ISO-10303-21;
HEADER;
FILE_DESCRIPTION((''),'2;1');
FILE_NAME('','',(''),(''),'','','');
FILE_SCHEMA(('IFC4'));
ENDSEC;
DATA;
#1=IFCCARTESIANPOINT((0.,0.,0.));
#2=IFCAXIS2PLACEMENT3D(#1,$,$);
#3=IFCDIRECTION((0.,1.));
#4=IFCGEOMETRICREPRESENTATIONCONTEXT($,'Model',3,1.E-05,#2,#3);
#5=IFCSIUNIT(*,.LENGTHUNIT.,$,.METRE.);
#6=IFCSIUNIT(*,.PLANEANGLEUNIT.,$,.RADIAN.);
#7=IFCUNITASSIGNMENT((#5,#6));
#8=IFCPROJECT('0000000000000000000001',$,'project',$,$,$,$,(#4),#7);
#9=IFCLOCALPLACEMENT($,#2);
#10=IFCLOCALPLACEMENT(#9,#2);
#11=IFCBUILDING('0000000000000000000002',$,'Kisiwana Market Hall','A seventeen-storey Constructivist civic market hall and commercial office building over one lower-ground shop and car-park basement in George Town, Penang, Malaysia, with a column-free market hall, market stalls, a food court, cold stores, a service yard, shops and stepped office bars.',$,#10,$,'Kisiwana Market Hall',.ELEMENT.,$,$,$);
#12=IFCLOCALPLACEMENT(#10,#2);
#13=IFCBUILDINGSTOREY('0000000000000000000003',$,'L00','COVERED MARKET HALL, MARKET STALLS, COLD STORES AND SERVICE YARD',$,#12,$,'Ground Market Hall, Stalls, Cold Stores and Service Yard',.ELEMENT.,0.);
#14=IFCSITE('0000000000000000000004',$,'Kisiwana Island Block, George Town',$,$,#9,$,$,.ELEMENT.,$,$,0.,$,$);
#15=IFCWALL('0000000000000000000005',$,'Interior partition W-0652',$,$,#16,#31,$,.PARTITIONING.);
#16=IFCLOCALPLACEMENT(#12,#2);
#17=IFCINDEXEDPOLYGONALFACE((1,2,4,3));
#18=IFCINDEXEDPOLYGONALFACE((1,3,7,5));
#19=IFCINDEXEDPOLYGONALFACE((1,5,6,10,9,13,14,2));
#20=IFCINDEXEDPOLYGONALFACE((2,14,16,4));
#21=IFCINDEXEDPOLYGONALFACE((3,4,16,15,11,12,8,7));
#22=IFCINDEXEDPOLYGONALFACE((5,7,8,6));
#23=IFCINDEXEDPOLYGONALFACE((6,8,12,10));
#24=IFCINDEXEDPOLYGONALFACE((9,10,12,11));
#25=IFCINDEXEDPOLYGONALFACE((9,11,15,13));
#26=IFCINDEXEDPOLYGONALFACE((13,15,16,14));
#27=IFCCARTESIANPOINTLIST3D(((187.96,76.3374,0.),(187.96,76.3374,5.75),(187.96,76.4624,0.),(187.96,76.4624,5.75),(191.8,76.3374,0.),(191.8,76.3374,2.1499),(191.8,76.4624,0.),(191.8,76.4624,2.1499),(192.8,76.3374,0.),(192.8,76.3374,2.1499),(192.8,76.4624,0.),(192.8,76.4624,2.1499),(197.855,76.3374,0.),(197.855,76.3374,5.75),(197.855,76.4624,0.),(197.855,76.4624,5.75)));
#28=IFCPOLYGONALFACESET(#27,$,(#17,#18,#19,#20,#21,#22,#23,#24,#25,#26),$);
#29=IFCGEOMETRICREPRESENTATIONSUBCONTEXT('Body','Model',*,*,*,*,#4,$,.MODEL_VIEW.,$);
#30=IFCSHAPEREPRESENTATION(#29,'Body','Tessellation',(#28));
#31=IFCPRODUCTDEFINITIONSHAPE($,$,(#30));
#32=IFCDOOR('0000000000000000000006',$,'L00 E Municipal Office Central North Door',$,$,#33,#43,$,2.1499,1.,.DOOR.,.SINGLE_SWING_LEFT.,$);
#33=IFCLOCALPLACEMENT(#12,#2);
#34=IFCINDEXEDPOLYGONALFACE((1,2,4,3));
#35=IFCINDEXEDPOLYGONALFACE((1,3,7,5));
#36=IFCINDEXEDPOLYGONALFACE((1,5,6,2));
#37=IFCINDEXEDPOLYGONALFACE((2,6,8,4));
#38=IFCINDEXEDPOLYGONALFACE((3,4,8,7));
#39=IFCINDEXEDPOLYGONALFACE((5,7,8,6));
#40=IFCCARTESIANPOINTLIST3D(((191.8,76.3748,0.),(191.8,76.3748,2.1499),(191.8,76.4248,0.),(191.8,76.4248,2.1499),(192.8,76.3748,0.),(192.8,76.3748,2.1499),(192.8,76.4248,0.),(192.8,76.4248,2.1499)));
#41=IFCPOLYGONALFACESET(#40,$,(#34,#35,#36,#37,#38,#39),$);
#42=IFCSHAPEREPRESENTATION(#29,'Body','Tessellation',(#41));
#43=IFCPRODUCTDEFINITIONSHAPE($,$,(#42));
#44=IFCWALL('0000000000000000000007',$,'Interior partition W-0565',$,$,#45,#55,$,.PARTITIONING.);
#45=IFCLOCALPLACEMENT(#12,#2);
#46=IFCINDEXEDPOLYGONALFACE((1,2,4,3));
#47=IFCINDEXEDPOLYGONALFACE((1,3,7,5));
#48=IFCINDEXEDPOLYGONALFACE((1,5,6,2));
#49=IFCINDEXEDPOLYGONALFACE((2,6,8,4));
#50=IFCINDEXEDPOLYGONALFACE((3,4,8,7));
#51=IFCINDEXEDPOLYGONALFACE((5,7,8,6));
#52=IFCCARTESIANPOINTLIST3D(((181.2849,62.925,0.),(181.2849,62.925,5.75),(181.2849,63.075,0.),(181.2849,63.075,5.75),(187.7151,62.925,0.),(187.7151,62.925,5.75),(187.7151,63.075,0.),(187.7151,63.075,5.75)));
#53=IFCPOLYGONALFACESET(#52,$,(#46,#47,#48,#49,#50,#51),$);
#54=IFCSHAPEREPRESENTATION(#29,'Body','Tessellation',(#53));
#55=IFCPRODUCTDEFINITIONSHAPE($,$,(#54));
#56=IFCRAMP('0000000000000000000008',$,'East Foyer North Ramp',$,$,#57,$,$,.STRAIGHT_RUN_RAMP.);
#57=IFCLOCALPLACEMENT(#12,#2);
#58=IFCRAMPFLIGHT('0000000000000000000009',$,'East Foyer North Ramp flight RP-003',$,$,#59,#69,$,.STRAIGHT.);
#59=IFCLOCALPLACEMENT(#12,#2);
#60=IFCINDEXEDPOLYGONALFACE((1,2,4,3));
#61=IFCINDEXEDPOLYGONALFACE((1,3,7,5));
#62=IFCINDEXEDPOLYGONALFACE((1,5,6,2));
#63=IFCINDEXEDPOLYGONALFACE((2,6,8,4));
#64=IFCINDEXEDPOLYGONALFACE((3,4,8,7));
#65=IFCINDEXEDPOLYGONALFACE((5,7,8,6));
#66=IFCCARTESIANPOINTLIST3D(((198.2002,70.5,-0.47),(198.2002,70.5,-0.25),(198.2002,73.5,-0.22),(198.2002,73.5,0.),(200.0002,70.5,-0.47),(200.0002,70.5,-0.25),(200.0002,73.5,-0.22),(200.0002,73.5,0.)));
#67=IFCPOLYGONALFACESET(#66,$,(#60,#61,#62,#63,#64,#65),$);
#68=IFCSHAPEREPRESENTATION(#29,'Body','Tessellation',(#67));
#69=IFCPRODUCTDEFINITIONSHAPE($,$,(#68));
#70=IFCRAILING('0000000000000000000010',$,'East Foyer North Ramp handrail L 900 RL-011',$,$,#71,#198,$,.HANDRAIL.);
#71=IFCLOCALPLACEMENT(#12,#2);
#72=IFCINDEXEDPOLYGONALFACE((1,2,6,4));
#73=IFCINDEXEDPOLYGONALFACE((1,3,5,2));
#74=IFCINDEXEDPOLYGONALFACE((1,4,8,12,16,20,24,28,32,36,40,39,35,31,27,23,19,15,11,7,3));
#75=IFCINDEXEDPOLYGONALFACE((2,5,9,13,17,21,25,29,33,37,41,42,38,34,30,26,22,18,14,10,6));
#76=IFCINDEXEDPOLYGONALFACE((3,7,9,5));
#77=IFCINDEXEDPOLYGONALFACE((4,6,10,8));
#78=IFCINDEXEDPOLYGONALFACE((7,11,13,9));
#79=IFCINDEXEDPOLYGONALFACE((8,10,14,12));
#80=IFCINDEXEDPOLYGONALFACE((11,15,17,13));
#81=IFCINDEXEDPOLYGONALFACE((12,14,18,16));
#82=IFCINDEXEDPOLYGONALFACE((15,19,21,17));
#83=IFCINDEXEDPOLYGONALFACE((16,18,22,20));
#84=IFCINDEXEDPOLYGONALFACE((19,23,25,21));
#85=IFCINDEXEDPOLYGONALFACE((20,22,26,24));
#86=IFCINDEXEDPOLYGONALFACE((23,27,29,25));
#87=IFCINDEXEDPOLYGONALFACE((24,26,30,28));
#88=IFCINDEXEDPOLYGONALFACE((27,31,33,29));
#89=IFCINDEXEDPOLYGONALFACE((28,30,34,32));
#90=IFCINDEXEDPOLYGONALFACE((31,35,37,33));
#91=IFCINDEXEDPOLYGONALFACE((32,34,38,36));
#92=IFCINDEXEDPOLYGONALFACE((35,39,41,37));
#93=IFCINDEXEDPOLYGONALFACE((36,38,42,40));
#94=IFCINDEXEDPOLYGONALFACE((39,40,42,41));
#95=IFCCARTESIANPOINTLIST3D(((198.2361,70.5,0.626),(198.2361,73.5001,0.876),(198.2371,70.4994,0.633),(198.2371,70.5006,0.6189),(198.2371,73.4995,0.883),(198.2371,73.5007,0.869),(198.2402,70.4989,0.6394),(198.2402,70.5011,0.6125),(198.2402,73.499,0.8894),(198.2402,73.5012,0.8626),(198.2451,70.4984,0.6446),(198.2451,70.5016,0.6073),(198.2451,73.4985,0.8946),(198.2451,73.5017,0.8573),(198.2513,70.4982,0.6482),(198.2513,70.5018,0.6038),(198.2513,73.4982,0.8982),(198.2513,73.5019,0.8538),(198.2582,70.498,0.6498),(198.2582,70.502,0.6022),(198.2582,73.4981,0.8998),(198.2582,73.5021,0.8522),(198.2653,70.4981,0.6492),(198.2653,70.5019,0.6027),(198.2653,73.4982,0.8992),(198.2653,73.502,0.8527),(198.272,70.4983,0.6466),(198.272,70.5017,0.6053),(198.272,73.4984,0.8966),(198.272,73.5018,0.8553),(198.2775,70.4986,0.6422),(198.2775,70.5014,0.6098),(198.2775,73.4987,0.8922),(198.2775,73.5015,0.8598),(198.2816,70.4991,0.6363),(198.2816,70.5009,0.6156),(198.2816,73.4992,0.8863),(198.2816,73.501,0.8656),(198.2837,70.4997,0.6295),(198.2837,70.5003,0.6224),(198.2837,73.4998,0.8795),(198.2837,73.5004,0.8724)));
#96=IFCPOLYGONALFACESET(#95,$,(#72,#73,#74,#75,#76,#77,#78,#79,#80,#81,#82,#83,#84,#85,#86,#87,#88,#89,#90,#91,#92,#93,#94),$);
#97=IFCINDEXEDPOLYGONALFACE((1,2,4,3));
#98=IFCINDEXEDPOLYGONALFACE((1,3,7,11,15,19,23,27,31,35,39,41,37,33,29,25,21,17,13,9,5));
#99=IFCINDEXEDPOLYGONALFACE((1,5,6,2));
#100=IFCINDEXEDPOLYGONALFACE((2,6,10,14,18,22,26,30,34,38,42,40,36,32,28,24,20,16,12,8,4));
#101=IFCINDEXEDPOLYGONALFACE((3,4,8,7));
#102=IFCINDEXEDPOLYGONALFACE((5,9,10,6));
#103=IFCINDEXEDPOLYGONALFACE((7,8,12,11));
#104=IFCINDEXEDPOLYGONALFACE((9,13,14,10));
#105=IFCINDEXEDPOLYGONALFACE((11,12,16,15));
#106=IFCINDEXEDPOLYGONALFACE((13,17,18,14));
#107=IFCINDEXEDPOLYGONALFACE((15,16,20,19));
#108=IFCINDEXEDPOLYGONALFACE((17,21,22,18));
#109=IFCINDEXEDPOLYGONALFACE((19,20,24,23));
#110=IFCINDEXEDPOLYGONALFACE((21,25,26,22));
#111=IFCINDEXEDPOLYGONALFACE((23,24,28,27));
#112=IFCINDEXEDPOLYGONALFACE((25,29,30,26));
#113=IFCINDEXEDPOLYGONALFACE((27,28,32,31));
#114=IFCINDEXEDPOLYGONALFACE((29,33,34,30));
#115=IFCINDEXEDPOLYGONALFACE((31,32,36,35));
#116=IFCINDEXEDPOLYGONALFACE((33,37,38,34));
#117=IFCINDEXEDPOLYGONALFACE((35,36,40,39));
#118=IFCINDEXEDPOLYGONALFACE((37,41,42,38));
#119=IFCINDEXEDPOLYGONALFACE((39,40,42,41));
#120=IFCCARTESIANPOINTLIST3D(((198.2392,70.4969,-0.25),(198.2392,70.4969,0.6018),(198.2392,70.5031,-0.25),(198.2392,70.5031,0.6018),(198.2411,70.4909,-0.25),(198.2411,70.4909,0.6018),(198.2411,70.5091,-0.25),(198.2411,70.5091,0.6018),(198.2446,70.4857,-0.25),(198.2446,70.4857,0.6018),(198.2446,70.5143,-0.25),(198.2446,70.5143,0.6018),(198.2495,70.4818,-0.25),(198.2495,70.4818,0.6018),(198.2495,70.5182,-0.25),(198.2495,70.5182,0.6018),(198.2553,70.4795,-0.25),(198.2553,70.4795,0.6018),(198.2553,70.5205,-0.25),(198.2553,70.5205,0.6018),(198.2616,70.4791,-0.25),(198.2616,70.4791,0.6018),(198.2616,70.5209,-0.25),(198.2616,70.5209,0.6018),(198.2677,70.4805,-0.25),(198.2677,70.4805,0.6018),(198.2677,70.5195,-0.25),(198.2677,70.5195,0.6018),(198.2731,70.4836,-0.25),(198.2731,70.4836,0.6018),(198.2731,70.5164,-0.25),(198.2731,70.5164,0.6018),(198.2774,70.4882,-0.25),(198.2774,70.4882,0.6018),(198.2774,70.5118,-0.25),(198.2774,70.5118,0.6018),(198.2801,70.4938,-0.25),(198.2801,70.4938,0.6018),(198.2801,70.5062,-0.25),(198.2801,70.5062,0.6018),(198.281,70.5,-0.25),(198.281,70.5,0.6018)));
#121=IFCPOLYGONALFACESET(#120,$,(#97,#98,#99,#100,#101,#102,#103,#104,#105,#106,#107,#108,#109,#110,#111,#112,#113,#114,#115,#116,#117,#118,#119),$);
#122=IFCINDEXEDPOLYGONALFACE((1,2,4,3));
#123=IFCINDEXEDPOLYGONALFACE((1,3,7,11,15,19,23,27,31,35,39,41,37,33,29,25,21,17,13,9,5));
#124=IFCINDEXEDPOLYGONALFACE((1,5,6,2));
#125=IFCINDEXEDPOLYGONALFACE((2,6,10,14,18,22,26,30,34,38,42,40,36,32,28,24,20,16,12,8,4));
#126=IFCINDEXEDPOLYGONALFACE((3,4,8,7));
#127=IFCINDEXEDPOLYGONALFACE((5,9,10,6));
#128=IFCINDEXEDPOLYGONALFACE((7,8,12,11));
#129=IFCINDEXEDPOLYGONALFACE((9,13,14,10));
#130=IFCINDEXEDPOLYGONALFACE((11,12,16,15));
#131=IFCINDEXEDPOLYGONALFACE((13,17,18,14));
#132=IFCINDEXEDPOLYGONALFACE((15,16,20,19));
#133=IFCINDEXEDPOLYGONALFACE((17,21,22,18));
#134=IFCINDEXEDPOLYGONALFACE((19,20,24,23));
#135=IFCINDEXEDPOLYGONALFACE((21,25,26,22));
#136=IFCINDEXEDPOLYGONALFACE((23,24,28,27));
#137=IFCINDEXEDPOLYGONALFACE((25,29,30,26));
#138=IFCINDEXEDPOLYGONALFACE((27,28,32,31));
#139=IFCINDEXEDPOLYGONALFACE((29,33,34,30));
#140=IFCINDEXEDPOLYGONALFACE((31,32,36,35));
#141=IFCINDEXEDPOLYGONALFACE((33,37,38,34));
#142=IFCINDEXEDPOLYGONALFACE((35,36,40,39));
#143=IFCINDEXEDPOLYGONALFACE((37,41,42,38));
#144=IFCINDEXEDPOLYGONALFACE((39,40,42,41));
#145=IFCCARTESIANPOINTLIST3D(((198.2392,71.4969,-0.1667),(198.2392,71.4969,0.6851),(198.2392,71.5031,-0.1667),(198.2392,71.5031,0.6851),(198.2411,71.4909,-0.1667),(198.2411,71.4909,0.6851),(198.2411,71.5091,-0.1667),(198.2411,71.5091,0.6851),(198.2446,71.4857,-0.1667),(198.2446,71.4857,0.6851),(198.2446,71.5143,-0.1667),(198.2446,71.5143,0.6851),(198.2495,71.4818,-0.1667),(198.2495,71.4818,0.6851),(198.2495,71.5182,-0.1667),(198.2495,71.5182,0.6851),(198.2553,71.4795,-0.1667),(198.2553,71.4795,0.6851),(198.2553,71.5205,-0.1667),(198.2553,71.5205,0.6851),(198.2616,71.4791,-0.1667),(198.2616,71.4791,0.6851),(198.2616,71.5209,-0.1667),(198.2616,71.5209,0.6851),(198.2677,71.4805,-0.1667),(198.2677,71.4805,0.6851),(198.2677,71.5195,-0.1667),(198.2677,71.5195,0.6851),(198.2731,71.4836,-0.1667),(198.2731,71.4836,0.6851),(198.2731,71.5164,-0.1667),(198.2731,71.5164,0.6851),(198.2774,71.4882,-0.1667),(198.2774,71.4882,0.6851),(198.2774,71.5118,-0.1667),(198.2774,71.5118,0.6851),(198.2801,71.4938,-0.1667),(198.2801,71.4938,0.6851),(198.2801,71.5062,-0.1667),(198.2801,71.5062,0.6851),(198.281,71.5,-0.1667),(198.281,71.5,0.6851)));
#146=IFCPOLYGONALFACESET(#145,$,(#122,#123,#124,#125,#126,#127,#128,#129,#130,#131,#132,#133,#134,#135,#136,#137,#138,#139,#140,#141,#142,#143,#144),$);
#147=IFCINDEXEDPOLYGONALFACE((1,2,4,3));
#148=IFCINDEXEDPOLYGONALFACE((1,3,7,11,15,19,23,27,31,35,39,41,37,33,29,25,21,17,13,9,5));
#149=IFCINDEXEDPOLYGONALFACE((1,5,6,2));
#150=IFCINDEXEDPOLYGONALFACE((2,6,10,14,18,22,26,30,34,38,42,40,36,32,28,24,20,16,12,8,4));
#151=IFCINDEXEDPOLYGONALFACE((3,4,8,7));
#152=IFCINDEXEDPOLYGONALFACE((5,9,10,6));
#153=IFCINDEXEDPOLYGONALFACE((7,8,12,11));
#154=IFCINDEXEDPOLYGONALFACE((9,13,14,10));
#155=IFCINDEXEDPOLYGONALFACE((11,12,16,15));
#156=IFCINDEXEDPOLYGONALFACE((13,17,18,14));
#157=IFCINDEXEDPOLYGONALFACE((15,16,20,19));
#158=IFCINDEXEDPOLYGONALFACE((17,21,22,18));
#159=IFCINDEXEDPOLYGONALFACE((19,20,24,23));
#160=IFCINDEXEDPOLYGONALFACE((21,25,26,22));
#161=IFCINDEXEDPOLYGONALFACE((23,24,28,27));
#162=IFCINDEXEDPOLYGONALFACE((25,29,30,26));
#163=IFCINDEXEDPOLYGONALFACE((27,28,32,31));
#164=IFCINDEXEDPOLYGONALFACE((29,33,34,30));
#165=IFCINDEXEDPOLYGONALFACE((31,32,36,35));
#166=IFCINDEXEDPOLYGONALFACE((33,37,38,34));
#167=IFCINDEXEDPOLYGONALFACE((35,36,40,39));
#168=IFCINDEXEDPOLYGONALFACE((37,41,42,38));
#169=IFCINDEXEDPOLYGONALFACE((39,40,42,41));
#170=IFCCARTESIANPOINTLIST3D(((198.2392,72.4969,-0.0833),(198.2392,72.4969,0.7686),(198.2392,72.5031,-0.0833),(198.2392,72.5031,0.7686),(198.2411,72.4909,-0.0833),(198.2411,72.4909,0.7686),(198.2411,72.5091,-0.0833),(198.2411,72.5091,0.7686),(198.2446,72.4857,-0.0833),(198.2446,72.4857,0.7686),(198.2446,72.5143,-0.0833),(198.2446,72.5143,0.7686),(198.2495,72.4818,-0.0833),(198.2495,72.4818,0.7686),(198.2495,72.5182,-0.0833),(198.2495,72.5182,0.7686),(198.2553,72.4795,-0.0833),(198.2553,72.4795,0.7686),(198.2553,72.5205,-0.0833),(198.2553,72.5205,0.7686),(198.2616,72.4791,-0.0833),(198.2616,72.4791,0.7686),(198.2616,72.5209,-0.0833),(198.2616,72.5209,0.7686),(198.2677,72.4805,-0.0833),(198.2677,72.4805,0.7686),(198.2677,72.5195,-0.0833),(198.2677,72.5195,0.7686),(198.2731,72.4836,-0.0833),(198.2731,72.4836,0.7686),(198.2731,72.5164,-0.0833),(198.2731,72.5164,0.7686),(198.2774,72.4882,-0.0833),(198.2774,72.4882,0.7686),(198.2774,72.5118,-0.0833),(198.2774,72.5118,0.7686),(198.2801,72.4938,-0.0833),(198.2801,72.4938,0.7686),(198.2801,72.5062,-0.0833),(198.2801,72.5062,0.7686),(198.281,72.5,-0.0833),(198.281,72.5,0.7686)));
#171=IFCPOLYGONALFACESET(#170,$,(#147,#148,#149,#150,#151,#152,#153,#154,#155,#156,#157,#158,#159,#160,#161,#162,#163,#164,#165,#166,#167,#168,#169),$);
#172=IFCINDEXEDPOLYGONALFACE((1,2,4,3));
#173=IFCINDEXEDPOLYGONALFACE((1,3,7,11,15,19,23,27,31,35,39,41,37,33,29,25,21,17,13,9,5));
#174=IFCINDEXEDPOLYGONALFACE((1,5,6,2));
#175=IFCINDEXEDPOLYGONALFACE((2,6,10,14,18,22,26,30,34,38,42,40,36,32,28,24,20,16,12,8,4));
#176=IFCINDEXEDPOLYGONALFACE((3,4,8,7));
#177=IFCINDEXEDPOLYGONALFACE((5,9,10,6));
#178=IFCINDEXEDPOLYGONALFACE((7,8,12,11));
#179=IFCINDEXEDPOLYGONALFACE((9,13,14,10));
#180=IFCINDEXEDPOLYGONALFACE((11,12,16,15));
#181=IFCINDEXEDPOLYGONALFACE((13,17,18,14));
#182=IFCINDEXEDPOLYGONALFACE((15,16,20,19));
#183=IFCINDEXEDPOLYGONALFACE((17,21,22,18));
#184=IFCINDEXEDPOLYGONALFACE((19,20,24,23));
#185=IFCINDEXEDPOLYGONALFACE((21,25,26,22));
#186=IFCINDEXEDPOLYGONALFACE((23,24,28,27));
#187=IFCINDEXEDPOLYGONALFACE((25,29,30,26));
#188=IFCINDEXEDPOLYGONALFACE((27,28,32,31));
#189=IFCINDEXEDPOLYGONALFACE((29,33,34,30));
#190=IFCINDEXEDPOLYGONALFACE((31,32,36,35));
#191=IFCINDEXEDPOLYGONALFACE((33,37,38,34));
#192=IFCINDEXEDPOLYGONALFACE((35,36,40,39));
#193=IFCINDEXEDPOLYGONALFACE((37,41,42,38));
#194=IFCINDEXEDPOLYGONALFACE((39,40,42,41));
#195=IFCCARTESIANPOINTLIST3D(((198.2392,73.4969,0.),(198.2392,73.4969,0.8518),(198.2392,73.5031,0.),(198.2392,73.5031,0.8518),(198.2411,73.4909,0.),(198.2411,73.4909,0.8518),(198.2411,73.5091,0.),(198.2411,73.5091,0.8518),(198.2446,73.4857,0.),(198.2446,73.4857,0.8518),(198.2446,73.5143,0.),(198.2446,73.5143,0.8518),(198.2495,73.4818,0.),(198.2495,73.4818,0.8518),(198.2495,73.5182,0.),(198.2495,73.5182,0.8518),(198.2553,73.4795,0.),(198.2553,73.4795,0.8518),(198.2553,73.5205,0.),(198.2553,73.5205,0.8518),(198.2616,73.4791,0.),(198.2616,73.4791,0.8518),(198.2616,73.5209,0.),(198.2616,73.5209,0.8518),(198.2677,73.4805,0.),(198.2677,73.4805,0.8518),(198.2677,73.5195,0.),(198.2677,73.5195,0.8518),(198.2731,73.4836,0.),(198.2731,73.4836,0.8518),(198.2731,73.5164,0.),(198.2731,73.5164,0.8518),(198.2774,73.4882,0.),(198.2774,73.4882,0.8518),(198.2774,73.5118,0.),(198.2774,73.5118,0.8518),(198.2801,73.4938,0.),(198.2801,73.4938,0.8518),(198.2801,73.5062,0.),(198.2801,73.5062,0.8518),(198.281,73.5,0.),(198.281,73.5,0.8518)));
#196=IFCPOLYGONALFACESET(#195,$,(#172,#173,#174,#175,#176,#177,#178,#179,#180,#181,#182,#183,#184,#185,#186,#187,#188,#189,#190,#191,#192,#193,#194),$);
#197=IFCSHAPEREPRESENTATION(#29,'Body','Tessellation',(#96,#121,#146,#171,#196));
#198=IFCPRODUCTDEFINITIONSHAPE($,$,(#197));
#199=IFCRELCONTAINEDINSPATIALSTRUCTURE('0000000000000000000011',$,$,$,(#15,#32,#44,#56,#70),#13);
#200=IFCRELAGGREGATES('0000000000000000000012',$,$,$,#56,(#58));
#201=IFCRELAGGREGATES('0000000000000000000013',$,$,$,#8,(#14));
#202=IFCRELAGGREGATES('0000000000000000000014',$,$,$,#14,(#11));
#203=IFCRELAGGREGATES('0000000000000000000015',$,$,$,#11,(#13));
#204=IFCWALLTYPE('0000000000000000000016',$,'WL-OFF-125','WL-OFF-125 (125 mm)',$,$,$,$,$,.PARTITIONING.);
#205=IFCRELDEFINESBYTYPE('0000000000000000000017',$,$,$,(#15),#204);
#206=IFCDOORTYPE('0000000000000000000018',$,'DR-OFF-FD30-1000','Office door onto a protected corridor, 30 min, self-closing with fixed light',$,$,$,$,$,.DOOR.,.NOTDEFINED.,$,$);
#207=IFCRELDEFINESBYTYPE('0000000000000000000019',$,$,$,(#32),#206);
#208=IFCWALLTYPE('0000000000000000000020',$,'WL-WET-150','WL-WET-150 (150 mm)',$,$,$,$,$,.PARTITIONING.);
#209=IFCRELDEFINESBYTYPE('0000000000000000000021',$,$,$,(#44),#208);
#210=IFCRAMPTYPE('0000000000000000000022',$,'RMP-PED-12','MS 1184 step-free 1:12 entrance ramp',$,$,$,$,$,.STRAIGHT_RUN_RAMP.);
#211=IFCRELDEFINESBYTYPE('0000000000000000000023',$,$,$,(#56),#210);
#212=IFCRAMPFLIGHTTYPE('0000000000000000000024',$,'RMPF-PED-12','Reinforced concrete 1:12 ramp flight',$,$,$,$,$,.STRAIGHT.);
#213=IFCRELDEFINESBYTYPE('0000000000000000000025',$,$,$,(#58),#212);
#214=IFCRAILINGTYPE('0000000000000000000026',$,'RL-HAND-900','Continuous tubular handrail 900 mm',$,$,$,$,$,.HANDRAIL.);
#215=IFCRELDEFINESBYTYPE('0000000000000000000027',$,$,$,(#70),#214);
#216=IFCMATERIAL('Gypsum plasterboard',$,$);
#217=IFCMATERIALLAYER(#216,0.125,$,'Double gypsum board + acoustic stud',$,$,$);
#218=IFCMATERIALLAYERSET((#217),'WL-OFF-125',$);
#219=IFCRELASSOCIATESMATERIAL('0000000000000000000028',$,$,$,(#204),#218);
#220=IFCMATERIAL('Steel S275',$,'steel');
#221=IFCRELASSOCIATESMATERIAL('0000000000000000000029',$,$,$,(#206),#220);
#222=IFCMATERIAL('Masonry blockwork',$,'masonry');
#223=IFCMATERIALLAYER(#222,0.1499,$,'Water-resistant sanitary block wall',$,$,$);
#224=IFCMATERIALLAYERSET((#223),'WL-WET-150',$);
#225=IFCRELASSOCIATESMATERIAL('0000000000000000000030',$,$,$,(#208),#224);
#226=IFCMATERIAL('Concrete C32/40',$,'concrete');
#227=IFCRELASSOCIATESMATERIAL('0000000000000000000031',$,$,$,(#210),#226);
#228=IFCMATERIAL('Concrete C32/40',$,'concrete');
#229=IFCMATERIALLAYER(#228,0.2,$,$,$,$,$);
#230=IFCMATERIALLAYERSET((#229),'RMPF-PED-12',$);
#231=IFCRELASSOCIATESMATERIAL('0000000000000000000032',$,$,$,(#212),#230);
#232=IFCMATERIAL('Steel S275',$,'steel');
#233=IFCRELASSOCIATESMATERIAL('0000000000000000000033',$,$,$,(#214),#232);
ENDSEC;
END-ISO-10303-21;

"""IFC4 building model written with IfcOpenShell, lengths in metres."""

from ifc_helpers import new_model, si_unit, direction, frame, frame_2d, origin, origin_2d, place, context, subcontext, project, spatial, polyline, rectangle, circle, outline, extrude, material, layer, layer_set, type_object, element, fill, aggregate, save


model = new_model("IFC4")

# Units and contexts
model_context = context("Model", 3, precision=1e-05, world=origin(), true_north=direction((0.0, 1.0)))
body_context = subcontext(model_context, "Body", "Model", "MODEL_VIEW")
ifc_project = project(units=[si_unit("LENGTHUNIT", "METRE"), si_unit("PLANEANGLEUNIT", "RADIAN")], contexts=[model_context])

# Site, building, storey
site_placement = place(None, origin())
site = spatial("IfcSite", under=ifc_project, at=site_placement, Name="Kisiwana Island Block, George Town", CompositionType="ELEMENT", RefElevation=0.0)
building_placement = place(site_placement, origin())
building = spatial("IfcBuilding", under=site, at=building_placement, Name="Kisiwana Market Hall", Description="A seventeen-storey Constructivist civic market hall and commercial office building over one lower-ground shop and car-park basement in George Town, Penang, Malaysia, with a column-free market hall, market stalls, a food court, cold stores, a service yard, shops and stepped office bars.", LongName="Kisiwana Market Hall", CompositionType="ELEMENT")
storey_placement = place(building_placement, origin())
storey = spatial("IfcBuildingStorey", under=building, at=storey_placement, Name="L00", Description="COVERED MARKET HALL, MARKET STALLS, COLD STORES AND SERVICE YARD", LongName="Ground Market Hall, Stalls, Cold Stores and Service Yard", CompositionType="ELEMENT", Elevation=0.0)

# Wall, opening, door
ifc_material_1 = material(Name="Gypsum plasterboard")
ifc_layer_1 = layer(ifc_material_1, 0.125, Name="Double gypsum board + acoustic stud")
ifc_layer_set_1 = layer_set([ifc_layer_1], Name="WL-OFF-125")
wall_type_1 = type_object("IfcWallType", Name="WL-OFF-125", Description="WL-OFF-125 (125 mm)", PredefinedType="PARTITIONING", material=ifc_layer_set_1)
wall_1_placement = place(storey_placement, frame((187.96, 76.3999, 0.0), z_axis=(0.0, 0.0, 1.0), x_axis=(1.0, 0.0, 0.0)))
wall_1 = element("IfcWall", 1, at=wall_1_placement, inside=storey, type_object=wall_type_1, Name="Interior partition W-0652", PredefinedType="PARTITIONING", context=body_context, shape_type="SweptSolid", body=[
    extrude(rectangle(XDim=9.895, YDim=0.125, at=frame_2d((4.9475, 0.0))), origin(), (0.0, 0.0, 1.0), 5.75),
])
opening_1_placement = place(wall_1_placement, frame((3.8401, 0.0, 0.0)))
opening_1 = element("IfcOpeningElement", 2, at=opening_1_placement, cuts=wall_1, PredefinedType="OPENING", context=body_context, shape_type="SweptSolid", body=[
    extrude(rectangle(XDim=1.0, YDim=2.1499, at=frame_2d((0.5, 1.075))), frame((0.0, 0.0745, 0.0), z_axis=(0.0, -1.0, 0.0), x_axis=(1.0, 0.0, 0.0)), (0.0, 0.0, 1.0), 0.1489),
])
ifc_material_2 = material(Name="Steel S275", Category="steel")
door_type_1 = type_object("IfcDoorType", Name="DR-OFF-FD30-1000", Description="Office door onto a protected corridor, 30 min, self-closing with fixed light", OperationType="NOTDEFINED", PredefinedType="DOOR", material=ifc_material_2)
door_1_placement = place(opening_1_placement, origin())
door_1 = element("IfcDoor", 3, at=door_1_placement, inside=storey, type_object=door_type_1, Name="L00 E Municipal Office Central North Door", OperationType="SINGLE_SWING_LEFT", OverallHeight=2.1499, OverallWidth=1.0, PredefinedType="DOOR", context=body_context, shape_type="SweptSolid", body=[
    extrude(rectangle(XDim=1.0, YDim=2.1499, at=frame_2d((0.5, 1.075))), frame((0.0, 0.0249, 0.0), z_axis=(0.0, -1.0, 0.0), x_axis=(1.0, 0.0, 0.0)), (0.0, 0.0, 1.0), 0.05),
])
fill(opening_1, door_1)

# Wall
ifc_material_3 = material(Name="Masonry blockwork", Category="masonry")
ifc_layer_2 = layer(ifc_material_3, 0.1499, Name="Water-resistant sanitary block wall")
ifc_layer_set_2 = layer_set([ifc_layer_2], Name="WL-WET-150")
wall_type_2 = type_object("IfcWallType", Name="WL-WET-150", Description="WL-WET-150 (150 mm)", PredefinedType="PARTITIONING", material=ifc_layer_set_2)
wall_2_placement = place(storey_placement, frame((181.2849, 63.0, 0.0), z_axis=(0.0, 0.0, 1.0), x_axis=(1.0, 0.0, 0.0)))
element("IfcWall", 4, at=wall_2_placement, inside=storey, type_object=wall_type_2, Name="Interior partition W-0565", PredefinedType="PARTITIONING", context=body_context, shape_type="SweptSolid", body=[
    extrude(rectangle(XDim=6.4302, YDim=0.1499, at=frame_2d((3.2151, 0.0))), origin(), (0.0, 0.0, 1.0), 5.75),
])

# Ramp, ramp flight
ifc_material_4 = material(Name="Concrete C32/40", Category="concrete")
ramp_type = type_object("IfcRampType", Name="RMP-PED-12", Description="MS 1184 step-free 1:12 entrance ramp", PredefinedType="STRAIGHT_RUN_RAMP", material=ifc_material_4)
ramp_placement = place(storey_placement, origin())
ramp = element("IfcRamp", 5, at=ramp_placement, inside=storey, type_object=ramp_type, Name="East Foyer North Ramp", PredefinedType="STRAIGHT_RUN_RAMP")
ifc_material_5 = material(Name="Concrete C32/40", Category="concrete")
ifc_layer_3 = layer(ifc_material_5, 0.2)
ifc_layer_set_3 = layer_set([ifc_layer_3], Name="RMPF-PED-12")
ramp_flight_type = type_object("IfcRampFlightType", Name="RMPF-PED-12", Description="Reinforced concrete 1:12 ramp flight", PredefinedType="STRAIGHT", material=ifc_layer_set_3)
ramp_flight_placement = place(storey_placement, frame((199.1001, 70.5, -0.25), z_axis=(0.0, 0.0, 1.0), x_axis=(0.0, 1.0, 0.0)))
ramp_flight = element("IfcRampFlight", 6, at=ramp_flight_placement, type_object=ramp_flight_type, Name="East Foyer North Ramp flight RP-003", PredefinedType="STRAIGHT", context=body_context, shape_type="SweptSolid", body=[
    extrude(outline(polyline([(0.0, -0.22), (3.0, 0.03), (3.0, 0.25), (0.0, 0.0), (0.0, -0.22)])), frame((0.0, 0.8999, 0.0), z_axis=(0.0, -1.0, 0.0), x_axis=(1.0, 0.0, 0.0)), (0.0, 0.0, 1.0), 1.8),
])
aggregate(ramp, [ramp_flight])

# Railing
ifc_material_6 = material(Name="Steel S275", Category="steel")
railing_type = type_object("IfcRailingType", Name="RL-HAND-900", Description="Continuous tubular handrail 900 mm", PredefinedType="HANDRAIL", material=ifc_material_6)
for number, where, name in (
    (7, (198.26, 70.5, -0.25), "East Foyer North Ramp handrail L 900 RL-011"),
):
    element("IfcRailing", number, at=place(storey_placement, frame(where)), inside=storey, type_object=railing_type, Name=name, PredefinedType="HANDRAIL", context=body_context, shape_type="SweptSolid", body=[
        extrude(circle(Radius=0.0239, at=origin_2d()), frame((0.0, 0.0, 0.876), z_axis=(0.0, 0.996546, 0.083045), x_axis=(-1.0, 0.0, 0.0)), (0.0, 0.0, 1.0), 3.0105),
        extrude(circle(Radius=0.021, at=origin_2d()), origin(), (0.0, 0.0, 1.0), 0.8518),
        extrude(circle(Radius=0.021, at=origin_2d()), frame((0.0, 1.0, 0.0833)), (0.0, 0.0, 1.0), 0.8518),
        extrude(circle(Radius=0.021, at=origin_2d()), frame((0.0, 2.0, 0.1667)), (0.0, 0.0, 1.0), 0.8518),
        extrude(circle(Radius=0.021, at=origin_2d()), frame((0.0, 3.0, 0.25)), (0.0, 0.0, 1.0), 0.8518),
    ])

save(model, "model.ifc")
